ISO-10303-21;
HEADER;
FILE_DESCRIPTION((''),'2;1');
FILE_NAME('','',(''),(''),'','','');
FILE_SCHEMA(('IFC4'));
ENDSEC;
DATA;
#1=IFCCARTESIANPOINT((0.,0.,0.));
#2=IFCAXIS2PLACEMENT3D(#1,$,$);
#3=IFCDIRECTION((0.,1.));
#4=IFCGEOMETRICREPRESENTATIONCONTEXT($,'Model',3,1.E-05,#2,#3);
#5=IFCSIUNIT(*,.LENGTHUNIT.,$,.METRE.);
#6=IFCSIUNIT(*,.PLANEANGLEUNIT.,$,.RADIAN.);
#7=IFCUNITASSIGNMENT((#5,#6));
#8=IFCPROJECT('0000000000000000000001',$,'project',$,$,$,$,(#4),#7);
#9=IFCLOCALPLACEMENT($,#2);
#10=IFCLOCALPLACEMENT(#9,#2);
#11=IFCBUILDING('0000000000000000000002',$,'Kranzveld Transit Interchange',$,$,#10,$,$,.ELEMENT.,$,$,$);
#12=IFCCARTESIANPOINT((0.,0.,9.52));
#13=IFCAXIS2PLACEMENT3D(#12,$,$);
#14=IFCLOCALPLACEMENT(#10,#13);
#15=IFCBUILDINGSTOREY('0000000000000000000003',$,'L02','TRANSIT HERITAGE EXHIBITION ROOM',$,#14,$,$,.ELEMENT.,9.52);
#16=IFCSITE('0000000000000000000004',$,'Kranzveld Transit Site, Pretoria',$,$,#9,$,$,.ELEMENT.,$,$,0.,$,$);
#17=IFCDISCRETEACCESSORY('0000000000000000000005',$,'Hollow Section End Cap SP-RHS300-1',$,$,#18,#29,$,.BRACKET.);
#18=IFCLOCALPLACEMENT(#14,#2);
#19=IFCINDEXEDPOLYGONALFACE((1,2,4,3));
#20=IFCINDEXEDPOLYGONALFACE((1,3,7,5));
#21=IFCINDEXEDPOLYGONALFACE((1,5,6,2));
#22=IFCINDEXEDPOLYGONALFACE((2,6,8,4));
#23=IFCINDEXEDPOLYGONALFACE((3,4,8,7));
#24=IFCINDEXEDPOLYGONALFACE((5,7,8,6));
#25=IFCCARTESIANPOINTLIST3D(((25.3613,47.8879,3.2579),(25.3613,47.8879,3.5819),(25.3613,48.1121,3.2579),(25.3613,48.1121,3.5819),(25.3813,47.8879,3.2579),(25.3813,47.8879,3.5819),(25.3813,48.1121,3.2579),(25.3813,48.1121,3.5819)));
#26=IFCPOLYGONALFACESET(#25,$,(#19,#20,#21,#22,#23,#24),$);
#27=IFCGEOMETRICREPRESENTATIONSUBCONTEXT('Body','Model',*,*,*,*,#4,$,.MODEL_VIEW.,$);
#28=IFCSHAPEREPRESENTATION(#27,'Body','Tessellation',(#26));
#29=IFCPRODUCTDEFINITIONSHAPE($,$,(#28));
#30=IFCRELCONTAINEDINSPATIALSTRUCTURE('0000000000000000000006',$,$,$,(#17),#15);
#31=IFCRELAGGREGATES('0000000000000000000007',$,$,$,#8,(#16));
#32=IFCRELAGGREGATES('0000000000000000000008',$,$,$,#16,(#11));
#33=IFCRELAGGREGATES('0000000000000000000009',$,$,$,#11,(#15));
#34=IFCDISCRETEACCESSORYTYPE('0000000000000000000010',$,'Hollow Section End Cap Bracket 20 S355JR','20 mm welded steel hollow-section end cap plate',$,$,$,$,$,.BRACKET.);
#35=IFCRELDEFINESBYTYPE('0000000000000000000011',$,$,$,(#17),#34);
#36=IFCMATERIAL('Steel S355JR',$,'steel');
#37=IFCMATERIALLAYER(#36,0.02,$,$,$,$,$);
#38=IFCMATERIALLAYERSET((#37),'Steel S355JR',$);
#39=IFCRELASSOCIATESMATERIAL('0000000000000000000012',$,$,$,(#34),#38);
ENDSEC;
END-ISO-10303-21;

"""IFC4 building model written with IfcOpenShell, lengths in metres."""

from ifc_helpers import new_model, si_unit, direction, frame, origin, origin_2d, place, context, subcontext, project, spatial, rectangle, extrude, material, layer, layer_set, type_object, element, save


model = new_model("IFC4")

# Units and contexts
model_context = context("Model", 3, precision=1e-05, world=origin(), true_north=direction((0.0, 1.0)))
body_context = subcontext(model_context, "Body", "Model", "MODEL_VIEW")
ifc_project = project(units=[si_unit("LENGTHUNIT", "METRE"), si_unit("PLANEANGLEUNIT", "RADIAN")], contexts=[model_context])

# Site, building, storey
site_placement = place(None, origin())
site = spatial("IfcSite", under=ifc_project, at=site_placement, Name="Kranzveld Transit Site, Pretoria", CompositionType="ELEMENT", RefElevation=0.0)
building_placement = place(site_placement, origin())
building = spatial("IfcBuilding", under=site, at=building_placement, Name="Kranzveld Transit Interchange", CompositionType="ELEMENT")
storey_placement = place(building_placement, frame((0.0, 0.0, 9.52)))
storey = spatial("IfcBuildingStorey", under=building, at=storey_placement, Name="L02", Description="TRANSIT HERITAGE EXHIBITION ROOM", CompositionType="ELEMENT", Elevation=9.52)

# Discrete accessory
ifc_material_1 = material(Name="Steel S355JR", Category="steel")
ifc_layer_1 = layer(ifc_material_1, 0.02)
ifc_layer_set_1 = layer_set([ifc_layer_1], Name="Steel S355JR")
discrete_accessory_type = type_object("IfcDiscreteAccessoryType", Name="Hollow Section End Cap Bracket 20 S355JR", Description="20 mm welded steel hollow-section end cap plate", PredefinedType="BRACKET", material=ifc_layer_set_1)
for number, where, z_axis, x_axis, name in (
    (1, (25.3813, 48.0, 3.4199), (-1.0, 0.0, 0.0), (0.0, -1.0, 0.0), "Hollow Section End Cap SP-RHS300-1"),
):
    element("IfcDiscreteAccessory", number, at=place(storey_placement, frame(where, z_axis=z_axis, x_axis=x_axis)), inside=storey, type_object=discrete_accessory_type, Name=name, PredefinedType="BRACKET", context=body_context, shape_type="SweptSolid", body=[
        extrude(rectangle(XDim=0.2241, YDim=0.324, at=origin_2d()), origin(), (0.0, 0.0, 1.0), 0.02),
    ])

save(model, "model.ifc")
